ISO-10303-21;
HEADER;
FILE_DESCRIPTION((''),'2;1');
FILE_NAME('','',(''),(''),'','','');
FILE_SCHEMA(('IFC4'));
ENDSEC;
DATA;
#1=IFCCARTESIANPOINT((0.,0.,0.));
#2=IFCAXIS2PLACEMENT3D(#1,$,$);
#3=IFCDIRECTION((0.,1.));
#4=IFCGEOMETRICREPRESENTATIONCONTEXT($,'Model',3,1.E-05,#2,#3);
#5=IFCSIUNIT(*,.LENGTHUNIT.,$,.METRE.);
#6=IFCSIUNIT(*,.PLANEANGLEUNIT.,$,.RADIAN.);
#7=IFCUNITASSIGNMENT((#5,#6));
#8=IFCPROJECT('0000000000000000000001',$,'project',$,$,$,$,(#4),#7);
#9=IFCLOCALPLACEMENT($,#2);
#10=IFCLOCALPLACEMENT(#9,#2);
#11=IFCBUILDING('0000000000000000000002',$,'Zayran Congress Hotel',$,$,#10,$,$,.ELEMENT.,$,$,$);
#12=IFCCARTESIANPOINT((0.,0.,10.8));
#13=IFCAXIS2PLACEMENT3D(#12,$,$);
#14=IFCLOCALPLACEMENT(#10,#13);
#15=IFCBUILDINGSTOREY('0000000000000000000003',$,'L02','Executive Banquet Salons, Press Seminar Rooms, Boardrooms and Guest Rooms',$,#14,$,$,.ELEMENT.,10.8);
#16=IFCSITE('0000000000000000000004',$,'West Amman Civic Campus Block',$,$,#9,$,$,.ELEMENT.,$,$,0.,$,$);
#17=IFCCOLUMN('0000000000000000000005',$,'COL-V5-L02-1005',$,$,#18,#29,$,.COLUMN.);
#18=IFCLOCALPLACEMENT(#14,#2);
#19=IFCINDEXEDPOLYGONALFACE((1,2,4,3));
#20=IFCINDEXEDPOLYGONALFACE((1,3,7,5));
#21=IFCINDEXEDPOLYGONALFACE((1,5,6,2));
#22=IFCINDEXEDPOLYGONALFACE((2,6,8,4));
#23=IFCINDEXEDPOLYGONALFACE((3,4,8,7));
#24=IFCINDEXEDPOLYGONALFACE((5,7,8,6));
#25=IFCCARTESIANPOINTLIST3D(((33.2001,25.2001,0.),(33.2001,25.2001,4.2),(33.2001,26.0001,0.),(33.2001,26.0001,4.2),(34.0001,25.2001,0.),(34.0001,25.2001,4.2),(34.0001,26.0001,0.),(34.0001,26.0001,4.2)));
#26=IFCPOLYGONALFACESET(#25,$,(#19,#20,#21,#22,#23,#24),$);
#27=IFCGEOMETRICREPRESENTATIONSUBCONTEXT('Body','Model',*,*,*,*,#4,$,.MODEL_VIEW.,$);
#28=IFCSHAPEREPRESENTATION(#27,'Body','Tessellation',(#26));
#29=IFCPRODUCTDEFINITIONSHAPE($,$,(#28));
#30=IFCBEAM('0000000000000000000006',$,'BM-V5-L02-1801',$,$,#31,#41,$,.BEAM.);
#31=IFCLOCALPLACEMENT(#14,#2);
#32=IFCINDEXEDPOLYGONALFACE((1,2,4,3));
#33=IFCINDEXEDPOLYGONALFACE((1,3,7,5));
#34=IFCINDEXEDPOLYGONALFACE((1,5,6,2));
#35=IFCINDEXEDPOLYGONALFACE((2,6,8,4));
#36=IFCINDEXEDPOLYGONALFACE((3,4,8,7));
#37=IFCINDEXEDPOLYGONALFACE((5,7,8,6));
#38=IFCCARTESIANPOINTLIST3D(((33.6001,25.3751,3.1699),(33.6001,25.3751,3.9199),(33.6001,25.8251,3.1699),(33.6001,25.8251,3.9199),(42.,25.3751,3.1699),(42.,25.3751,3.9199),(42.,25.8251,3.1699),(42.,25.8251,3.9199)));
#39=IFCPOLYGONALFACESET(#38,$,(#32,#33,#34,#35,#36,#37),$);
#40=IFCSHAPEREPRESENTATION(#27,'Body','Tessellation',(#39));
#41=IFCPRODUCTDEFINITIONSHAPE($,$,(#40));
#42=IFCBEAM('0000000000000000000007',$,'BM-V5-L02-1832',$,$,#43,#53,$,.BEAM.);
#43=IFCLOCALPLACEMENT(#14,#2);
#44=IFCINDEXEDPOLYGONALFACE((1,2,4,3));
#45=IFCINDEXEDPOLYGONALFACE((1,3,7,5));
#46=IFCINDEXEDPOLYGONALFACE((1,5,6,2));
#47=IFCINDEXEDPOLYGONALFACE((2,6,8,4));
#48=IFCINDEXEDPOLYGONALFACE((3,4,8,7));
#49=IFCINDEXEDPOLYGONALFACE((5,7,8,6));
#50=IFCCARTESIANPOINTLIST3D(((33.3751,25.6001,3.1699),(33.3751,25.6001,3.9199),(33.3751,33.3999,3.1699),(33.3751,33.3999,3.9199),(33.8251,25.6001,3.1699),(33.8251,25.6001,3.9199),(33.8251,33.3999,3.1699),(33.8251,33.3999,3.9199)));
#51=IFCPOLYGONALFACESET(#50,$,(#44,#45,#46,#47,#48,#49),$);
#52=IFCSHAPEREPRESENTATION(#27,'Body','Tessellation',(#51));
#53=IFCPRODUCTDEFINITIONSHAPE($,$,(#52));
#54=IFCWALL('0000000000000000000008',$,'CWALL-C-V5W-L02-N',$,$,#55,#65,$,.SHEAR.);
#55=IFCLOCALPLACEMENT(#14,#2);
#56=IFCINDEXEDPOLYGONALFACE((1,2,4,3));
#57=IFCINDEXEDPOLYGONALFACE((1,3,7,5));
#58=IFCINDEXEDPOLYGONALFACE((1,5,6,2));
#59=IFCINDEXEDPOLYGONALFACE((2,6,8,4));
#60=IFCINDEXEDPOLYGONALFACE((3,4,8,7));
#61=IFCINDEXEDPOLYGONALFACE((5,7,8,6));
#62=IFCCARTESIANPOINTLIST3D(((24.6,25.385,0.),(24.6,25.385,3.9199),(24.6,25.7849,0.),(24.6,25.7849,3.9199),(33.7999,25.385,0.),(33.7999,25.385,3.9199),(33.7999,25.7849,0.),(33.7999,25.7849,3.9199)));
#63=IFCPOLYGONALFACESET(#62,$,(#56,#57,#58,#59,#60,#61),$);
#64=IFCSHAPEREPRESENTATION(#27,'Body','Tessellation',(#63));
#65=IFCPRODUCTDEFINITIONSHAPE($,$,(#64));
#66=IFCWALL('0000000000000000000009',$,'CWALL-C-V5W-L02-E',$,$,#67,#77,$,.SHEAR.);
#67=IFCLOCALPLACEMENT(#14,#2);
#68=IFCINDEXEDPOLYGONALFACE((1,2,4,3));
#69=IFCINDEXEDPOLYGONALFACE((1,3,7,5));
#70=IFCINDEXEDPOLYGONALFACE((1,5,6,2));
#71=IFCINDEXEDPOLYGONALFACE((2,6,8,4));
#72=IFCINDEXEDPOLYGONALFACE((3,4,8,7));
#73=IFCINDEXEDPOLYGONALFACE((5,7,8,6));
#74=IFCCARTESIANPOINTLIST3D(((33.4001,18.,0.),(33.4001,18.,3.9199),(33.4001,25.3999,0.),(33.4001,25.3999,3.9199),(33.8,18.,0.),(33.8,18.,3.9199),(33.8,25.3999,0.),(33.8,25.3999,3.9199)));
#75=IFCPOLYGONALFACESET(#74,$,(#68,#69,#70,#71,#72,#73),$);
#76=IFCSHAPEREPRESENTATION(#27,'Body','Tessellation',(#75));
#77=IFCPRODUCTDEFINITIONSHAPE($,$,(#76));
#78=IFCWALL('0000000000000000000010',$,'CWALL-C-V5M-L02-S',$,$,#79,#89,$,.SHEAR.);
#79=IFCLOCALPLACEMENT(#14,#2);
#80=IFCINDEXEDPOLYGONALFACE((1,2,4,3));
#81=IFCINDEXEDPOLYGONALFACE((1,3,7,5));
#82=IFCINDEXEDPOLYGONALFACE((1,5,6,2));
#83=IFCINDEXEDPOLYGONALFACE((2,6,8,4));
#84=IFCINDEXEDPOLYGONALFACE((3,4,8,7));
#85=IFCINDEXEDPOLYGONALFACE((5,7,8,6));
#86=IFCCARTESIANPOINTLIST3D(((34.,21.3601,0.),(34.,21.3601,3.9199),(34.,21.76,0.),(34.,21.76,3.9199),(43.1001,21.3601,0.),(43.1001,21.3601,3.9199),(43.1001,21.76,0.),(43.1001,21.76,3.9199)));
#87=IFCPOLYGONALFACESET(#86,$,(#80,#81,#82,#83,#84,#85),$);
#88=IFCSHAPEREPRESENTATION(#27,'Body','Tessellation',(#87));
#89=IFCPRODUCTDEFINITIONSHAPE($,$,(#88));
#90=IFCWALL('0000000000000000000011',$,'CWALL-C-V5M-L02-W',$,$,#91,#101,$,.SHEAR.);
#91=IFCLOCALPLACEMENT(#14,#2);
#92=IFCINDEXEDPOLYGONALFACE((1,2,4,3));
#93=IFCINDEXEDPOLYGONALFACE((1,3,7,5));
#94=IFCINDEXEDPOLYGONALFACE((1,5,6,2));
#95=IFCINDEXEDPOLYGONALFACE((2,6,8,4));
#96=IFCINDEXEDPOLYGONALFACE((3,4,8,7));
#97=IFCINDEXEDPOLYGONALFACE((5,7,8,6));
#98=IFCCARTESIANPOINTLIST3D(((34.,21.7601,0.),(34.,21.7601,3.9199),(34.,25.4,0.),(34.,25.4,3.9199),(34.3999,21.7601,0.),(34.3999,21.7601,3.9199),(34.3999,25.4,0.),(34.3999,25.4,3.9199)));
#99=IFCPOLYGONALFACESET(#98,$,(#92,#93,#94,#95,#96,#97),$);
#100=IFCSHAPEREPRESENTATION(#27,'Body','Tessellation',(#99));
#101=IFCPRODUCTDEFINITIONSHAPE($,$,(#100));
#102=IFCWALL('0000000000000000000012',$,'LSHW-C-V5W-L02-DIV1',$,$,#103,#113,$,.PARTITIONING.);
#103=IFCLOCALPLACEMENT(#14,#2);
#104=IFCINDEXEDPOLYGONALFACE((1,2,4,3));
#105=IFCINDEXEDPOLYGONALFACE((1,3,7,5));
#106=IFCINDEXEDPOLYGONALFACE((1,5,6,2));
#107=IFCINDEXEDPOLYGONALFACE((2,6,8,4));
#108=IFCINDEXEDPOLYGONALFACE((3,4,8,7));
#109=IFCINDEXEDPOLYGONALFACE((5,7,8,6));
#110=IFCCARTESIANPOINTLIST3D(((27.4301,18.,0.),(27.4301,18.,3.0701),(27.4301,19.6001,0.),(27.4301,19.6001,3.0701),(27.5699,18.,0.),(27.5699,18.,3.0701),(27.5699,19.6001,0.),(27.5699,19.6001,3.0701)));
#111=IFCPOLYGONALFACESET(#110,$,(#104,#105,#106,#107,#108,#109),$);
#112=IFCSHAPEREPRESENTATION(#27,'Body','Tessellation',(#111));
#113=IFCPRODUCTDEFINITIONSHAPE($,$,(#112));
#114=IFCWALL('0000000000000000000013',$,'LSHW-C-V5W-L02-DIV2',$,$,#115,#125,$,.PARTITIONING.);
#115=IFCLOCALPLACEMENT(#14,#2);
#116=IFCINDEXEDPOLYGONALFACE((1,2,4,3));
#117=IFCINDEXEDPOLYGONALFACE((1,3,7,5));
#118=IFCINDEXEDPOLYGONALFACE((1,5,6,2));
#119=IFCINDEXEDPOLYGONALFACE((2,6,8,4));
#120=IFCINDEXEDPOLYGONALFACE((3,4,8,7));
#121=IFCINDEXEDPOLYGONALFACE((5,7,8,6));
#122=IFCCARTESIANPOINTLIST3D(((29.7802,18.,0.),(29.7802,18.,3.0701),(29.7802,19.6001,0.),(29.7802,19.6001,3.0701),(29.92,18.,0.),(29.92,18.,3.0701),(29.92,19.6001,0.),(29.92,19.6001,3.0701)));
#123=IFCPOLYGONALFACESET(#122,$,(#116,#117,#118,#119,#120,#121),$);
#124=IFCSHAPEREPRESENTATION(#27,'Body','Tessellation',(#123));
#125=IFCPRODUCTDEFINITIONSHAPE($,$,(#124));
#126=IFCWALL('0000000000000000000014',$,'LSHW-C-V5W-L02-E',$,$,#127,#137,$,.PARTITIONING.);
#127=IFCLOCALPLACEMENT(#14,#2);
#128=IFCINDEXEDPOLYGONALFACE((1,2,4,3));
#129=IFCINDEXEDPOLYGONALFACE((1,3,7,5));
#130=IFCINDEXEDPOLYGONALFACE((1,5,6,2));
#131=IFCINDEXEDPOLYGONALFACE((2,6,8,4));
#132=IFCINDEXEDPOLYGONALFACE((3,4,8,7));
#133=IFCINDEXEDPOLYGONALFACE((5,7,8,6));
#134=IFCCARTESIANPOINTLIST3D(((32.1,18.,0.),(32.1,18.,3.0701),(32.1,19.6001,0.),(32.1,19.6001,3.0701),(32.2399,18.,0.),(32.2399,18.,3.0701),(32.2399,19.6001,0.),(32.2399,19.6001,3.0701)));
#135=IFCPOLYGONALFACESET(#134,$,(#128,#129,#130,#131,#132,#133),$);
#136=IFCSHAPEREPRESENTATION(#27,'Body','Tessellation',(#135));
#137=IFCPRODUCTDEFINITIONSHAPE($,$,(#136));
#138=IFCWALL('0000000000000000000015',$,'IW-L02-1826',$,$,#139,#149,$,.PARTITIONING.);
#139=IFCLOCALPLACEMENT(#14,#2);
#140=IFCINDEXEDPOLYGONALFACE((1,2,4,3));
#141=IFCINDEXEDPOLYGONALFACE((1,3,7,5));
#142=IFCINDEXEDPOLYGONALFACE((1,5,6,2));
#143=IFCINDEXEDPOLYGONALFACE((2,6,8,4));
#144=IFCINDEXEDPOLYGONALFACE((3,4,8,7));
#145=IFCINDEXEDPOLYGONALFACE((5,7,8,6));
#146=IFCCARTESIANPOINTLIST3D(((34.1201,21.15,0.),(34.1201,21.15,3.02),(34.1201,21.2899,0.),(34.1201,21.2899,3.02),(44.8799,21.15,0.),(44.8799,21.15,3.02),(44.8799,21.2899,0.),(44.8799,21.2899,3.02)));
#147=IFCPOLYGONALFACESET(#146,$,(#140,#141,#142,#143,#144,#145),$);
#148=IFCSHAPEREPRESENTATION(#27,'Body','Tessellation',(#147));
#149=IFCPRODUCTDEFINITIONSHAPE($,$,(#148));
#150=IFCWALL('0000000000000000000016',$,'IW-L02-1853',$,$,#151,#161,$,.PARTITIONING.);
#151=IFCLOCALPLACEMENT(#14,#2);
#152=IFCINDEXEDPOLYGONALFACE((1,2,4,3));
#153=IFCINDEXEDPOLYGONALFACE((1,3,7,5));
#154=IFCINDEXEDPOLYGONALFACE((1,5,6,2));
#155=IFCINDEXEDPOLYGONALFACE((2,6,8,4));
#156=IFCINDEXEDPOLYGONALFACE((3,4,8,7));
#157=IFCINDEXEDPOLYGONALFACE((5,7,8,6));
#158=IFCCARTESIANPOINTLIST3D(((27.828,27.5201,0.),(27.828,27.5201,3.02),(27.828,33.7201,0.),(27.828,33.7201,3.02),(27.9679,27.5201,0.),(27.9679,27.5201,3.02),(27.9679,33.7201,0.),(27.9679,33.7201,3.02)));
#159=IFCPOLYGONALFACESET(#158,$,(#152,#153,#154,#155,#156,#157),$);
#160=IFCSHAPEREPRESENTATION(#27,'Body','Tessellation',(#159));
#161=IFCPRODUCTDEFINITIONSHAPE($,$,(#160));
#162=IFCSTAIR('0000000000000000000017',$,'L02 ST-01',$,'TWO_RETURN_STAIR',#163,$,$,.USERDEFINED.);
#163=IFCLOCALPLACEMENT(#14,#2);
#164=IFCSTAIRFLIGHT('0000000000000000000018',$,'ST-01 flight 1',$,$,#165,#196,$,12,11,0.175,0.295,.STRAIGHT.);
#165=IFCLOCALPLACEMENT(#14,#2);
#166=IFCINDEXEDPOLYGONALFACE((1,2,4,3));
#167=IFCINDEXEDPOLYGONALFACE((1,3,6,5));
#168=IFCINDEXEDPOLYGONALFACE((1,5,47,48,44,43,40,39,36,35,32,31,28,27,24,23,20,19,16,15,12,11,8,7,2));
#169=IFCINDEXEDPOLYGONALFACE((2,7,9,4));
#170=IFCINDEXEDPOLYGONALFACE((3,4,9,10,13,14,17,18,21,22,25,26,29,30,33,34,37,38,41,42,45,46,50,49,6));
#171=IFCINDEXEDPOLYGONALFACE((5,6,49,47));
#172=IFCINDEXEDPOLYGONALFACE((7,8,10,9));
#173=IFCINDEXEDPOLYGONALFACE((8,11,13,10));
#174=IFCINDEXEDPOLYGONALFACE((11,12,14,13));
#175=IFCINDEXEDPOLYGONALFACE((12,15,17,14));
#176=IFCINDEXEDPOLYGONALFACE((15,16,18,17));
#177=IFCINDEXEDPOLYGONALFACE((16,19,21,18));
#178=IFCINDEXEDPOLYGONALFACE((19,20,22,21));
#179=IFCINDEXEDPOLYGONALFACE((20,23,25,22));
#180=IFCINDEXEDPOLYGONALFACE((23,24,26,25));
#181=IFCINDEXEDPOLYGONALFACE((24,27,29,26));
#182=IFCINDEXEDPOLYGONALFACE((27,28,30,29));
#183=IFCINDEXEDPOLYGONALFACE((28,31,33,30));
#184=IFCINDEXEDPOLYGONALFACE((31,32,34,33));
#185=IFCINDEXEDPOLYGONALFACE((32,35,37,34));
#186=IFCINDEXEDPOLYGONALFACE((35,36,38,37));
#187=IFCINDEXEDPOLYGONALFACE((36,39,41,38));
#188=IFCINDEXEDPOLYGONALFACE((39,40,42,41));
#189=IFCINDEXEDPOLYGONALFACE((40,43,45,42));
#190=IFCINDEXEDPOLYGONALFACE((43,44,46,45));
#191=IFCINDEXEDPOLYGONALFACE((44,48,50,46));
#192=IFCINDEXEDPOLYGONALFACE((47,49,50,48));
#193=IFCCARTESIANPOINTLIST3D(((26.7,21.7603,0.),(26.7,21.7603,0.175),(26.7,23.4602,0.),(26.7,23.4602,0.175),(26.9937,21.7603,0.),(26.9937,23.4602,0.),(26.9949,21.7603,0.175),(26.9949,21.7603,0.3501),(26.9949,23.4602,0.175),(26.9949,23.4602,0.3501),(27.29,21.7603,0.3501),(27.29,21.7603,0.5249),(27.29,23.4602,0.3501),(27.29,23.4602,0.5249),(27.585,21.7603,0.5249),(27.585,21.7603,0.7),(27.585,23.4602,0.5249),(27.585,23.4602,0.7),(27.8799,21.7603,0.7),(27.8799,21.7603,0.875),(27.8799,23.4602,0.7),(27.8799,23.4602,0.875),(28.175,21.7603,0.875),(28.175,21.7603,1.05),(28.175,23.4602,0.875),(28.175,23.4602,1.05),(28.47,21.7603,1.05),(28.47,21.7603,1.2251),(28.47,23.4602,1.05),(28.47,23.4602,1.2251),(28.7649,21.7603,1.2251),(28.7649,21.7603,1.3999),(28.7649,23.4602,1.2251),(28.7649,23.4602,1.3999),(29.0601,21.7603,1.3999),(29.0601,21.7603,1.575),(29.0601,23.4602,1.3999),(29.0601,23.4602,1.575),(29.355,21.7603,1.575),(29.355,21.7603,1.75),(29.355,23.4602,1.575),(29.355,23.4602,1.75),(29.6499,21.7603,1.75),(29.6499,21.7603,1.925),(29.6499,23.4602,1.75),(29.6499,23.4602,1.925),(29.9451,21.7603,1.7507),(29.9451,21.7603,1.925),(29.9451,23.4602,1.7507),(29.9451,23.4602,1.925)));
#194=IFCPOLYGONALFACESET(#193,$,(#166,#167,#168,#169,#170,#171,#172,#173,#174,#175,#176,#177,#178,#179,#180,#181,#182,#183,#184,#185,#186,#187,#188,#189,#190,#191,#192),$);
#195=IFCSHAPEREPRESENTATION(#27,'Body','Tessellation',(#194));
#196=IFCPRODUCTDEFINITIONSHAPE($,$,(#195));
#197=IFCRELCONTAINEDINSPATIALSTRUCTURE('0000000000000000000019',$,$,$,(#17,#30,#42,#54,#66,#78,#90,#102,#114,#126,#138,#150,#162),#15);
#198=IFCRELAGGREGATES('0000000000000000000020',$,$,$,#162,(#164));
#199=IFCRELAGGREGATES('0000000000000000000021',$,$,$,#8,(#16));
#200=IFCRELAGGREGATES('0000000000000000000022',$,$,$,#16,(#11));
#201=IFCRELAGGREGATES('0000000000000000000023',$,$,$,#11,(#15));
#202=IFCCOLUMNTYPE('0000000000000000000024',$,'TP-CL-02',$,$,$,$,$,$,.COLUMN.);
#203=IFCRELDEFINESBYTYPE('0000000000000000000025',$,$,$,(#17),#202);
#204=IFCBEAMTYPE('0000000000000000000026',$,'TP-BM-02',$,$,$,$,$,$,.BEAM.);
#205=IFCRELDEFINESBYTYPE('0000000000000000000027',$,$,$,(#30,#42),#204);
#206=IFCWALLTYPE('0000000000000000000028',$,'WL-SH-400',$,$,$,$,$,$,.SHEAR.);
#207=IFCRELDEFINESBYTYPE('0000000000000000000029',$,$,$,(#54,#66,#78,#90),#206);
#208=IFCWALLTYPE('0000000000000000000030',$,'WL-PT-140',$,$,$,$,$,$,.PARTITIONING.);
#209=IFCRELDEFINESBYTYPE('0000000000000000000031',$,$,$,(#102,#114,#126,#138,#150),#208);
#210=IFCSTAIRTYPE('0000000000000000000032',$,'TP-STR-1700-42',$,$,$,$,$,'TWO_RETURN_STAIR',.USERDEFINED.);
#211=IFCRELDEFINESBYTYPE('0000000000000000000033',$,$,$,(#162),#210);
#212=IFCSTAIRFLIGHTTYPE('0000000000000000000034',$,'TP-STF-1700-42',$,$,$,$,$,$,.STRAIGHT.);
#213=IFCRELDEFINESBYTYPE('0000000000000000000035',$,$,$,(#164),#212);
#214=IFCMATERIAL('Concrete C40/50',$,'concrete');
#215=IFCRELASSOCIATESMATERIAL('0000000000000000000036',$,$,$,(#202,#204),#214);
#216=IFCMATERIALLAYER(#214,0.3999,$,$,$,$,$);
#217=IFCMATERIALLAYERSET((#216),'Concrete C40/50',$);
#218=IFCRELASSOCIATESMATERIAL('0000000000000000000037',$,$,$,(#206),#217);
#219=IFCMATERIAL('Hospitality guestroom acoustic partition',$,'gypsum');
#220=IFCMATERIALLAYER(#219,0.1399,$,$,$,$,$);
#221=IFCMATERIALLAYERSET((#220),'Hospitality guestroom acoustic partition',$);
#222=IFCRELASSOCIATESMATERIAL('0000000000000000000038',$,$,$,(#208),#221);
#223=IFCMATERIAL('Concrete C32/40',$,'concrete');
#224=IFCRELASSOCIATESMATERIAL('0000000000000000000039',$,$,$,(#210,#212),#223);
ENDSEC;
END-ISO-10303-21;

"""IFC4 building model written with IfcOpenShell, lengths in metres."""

from ifc_helpers import new_model, si_unit, direction, frame, frame_2d, origin, origin_2d, place, context, subcontext, project, spatial, polyline, rectangle, outline, extrude, material, layer, layer_set, material_profile, profile_set, type_object, element, aggregate, save


model = new_model("IFC4")

# Units and contexts
model_context = context("Model", 3, precision=1e-05, world=origin(), true_north=direction((0.0, 1.0)))
body_context = subcontext(model_context, "Body", "Model", "MODEL_VIEW")
ifc_project = project(units=[si_unit("LENGTHUNIT", "METRE"), si_unit("PLANEANGLEUNIT", "RADIAN")], contexts=[model_context])

# Site, building, storey
site_placement = place(None, origin())
site = spatial("IfcSite", under=ifc_project, at=site_placement, Name="West Amman Civic Campus Block", CompositionType="ELEMENT", RefElevation=0.0)
building_placement = place(site_placement, origin())
building = spatial("IfcBuilding", under=site, at=building_placement, Name="Zayran Congress Hotel", CompositionType="ELEMENT")
storey_placement = place(building_placement, frame((0.0, 0.0, 10.8)))
storey = spatial("IfcBuildingStorey", under=building, at=storey_placement, Name="L02", Description="Executive Banquet Salons, Press Seminar Rooms, Boardrooms and Guest Rooms", CompositionType="ELEMENT", Elevation=10.8)

# Column
ifc_material_1 = material(Name="Concrete C40/50", Category="concrete")
ifc_material_profile_1 = material_profile(ifc_material_1, rectangle(XDim=0.8, YDim=0.8, at=origin_2d()), Name="RC 800x800")
ifc_profile_set_1 = profile_set([ifc_material_profile_1], Name="Concrete C40/50")
column_type = type_object("IfcColumnType", Name="TP-CL-02", PredefinedType="COLUMN", material=ifc_profile_set_1)
column_placement = place(storey_placement, frame((33.6001, 25.6001, 0.0), z_axis=(0.0, 0.0, 1.0), x_axis=(1.0, 0.0, 0.0)))
element("IfcColumn", 1, at=column_placement, inside=storey, type_object=column_type, Name="COL-V5-L02-1005", PredefinedType="COLUMN", context=body_context, shape_type="SweptSolid", body=[
    extrude(rectangle(XDim=0.8, YDim=0.8, at=origin_2d()), origin(), (0.0, 0.0, 1.0), 4.2),
])

# Beams
ifc_material_profile_2 = material_profile(ifc_material_1, rectangle(XDim=0.45, YDim=0.75, at=origin_2d()), Name="RC 450x750")
ifc_profile_set_2 = profile_set([ifc_material_profile_2], Name="Concrete C40/50")
beam_type = type_object("IfcBeamType", Name="TP-BM-02", PredefinedType="BEAM", material=ifc_profile_set_2)
beam_1_placement = place(storey_placement, frame((33.6001, 25.6001, 3.5449), z_axis=(1.0, 0.0, 0.0), x_axis=(0.0, 1.0, 0.0)))
element("IfcBeam", 2, at=beam_1_placement, inside=storey, type_object=beam_type, Name="BM-V5-L02-1801", PredefinedType="BEAM", context=body_context, shape_type="SweptSolid", body=[
    extrude(rectangle(XDim=0.45, YDim=0.75, at=origin_2d()), origin(), (0.0, 0.0, 1.0), 8.3999),
])
beam_2_placement = place(storey_placement, frame((33.6001, 25.6001, 3.5449), z_axis=(0.0, 1.0, 0.0), x_axis=(-1.0, 0.0, 0.0)))
element("IfcBeam", 3, at=beam_2_placement, inside=storey, type_object=beam_type, Name="BM-V5-L02-1832", PredefinedType="BEAM", context=body_context, shape_type="SweptSolid", body=[
    extrude(rectangle(XDim=0.45, YDim=0.75, at=origin_2d()), origin(), (0.0, 0.0, 1.0), 7.7998),
])

# Walls
ifc_layer_1 = layer(ifc_material_1, 0.3999)
ifc_layer_set_1 = layer_set([ifc_layer_1], Name="Concrete C40/50")
wall_type_1 = type_object("IfcWallType", Name="WL-SH-400", PredefinedType="SHEAR", material=ifc_layer_set_1)
wall_1_placement = place(storey_placement, frame((33.8, 25.585, 0.0), z_axis=(0.0, 0.0, 1.0), x_axis=(-1.0, 0.0, 0.0)))
element("IfcWall", 4, at=wall_1_placement, inside=storey, type_object=wall_type_1, Name="CWALL-C-V5W-L02-N", PredefinedType="SHEAR", context=body_context, shape_type="SweptSolid", body=[
    extrude(rectangle(XDim=9.2, YDim=0.3999, at=frame_2d((4.6001, 0.0))), origin(), (0.0, 0.0, 1.0), 3.9199),
])
wall_2_placement = place(storey_placement, frame((33.6001, 18.0, 0.0), z_axis=(0.0, 0.0, 1.0), x_axis=(0.0, 1.0, 0.0)))
element("IfcWall", 5, at=wall_2_placement, inside=storey, type_object=wall_type_1, Name="CWALL-C-V5W-L02-E", PredefinedType="SHEAR", context=body_context, shape_type="SweptSolid", body=[
    extrude(rectangle(XDim=7.3999, YDim=0.3999, at=frame_2d((3.7, 0.0))), origin(), (0.0, 0.0, 1.0), 3.9199),
])
wall_3_placement = place(storey_placement, frame((34.0, 21.5601, 0.0), z_axis=(0.0, 0.0, 1.0), x_axis=(1.0, 0.0, 0.0)))
element("IfcWall", 6, at=wall_3_placement, inside=storey, type_object=wall_type_1, Name="CWALL-C-V5M-L02-S", PredefinedType="SHEAR", context=body_context, shape_type="SweptSolid", body=[
    extrude(rectangle(XDim=9.1001, YDim=0.3999, at=frame_2d((4.55, 0.0))), origin(), (0.0, 0.0, 1.0), 3.9199),
])
wall_4_placement = place(storey_placement, frame((34.2, 25.3999, 0.0), z_axis=(0.0, 0.0, 1.0), x_axis=(0.0, -1.0, 0.0)))
element("IfcWall", 7, at=wall_4_placement, inside=storey, type_object=wall_type_1, Name="CWALL-C-V5M-L02-W", PredefinedType="SHEAR", context=body_context, shape_type="SweptSolid", body=[
    extrude(rectangle(XDim=3.6399, YDim=0.3999, at=frame_2d((1.8198, 0.0))), origin(), (0.0, 0.0, 1.0), 3.9199),
])
ifc_material_2 = material(Name="Hospitality guestroom acoustic partition", Category="gypsum")
ifc_layer_2 = layer(ifc_material_2, 0.1399)
ifc_layer_set_2 = layer_set([ifc_layer_2], Name="Hospitality guestroom acoustic partition")
wall_type_2 = type_object("IfcWallType", Name="WL-PT-140", PredefinedType="PARTITIONING", material=ifc_layer_set_2)
for number, where, z_axis, x_axis, name in (
    (8, (27.5, 18.0, 0.0), (0.0, 0.0, 1.0), (0.0, 1.0, 0.0), "LSHW-C-V5W-L02-DIV1"),
    (9, (29.8501, 18.0, 0.0), (0.0, 0.0, 1.0), (0.0, 1.0, 0.0), "LSHW-C-V5W-L02-DIV2"),
    (10, (32.1699, 18.0, 0.0), (0.0, 0.0, 1.0), (0.0, 1.0, 0.0), "LSHW-C-V5W-L02-E"),
):
    element("IfcWall", number, at=place(storey_placement, frame(where, z_axis=z_axis, x_axis=x_axis)), inside=storey, type_object=wall_type_2, Name=name, PredefinedType="PARTITIONING", context=body_context, shape_type="SweptSolid", body=[
        extrude(rectangle(XDim=1.6001, YDim=0.1399, at=frame_2d((0.8, 0.0))), origin(), (0.0, 0.0, 1.0), 3.0701),
    ])
wall_5_placement = place(storey_placement, frame((34.1201, 21.22, 0.0), z_axis=(0.0, 0.0, 1.0), x_axis=(1.0, 0.0, 0.0)))
element("IfcWall", 11, at=wall_5_placement, inside=storey, type_object=wall_type_2, Name="IW-L02-1826", PredefinedType="PARTITIONING", context=body_context, shape_type="SweptSolid", body=[
    extrude(rectangle(XDim=10.7598, YDim=0.1399, at=frame_2d((5.3799, 0.0))), origin(), (0.0, 0.0, 1.0), 3.02),
])
wall_6_placement = place(storey_placement, frame((27.8979, 27.52, 0.0), z_axis=(0.0, 0.0, 1.0), x_axis=(0.0, 1.0, 0.0)))
element("IfcWall", 12, at=wall_6_placement, inside=storey, type_object=wall_type_2, Name="IW-L02-1853", PredefinedType="PARTITIONING", context=body_context, shape_type="SweptSolid", body=[
    extrude(rectangle(XDim=6.2, YDim=0.1399, at=frame_2d((3.1001, 0.0))), origin(), (0.0, 0.0, 1.0), 3.02),
])

# Stair, stair flight
ifc_material_3 = material(Name="Concrete C32/40", Category="concrete")
stair_type = type_object("IfcStairType", Name="TP-STR-1700-42", ElementType="TWO_RETURN_STAIR", PredefinedType="USERDEFINED", material=ifc_material_3)
stair_1_placement = place(storey_placement, origin())
stair_1 = element("IfcStair", 13, at=stair_1_placement, inside=storey, type_object=stair_type, Name="L02 ST-01", ObjectType="TWO_RETURN_STAIR", PredefinedType="USERDEFINED")
stair_flight_type = type_object("IfcStairFlightType", Name="TP-STF-1700-42", PredefinedType="STRAIGHT", material=ifc_material_3)
stair_flight_1_placement = place(storey_placement, frame((26.7, 22.6101, 0.0), z_axis=(0.0, 0.0, 1.0), x_axis=(1.0, 0.0, 0.0)))
stair_flight_1 = element("IfcStairFlight", 14, at=stair_flight_1_placement, type_object=stair_flight_type, Name="ST-01 flight 1", NumberOfRisers=12, NumberOfTreads=11, PredefinedType="STRAIGHT", RiserHeight=0.175, TreadLength=0.295, context=body_context, shape_type="SweptSolid", body=[
    extrude(outline(polyline([(0.0, 0.0), (0.0, 0.175), (0.2949, 0.175), (0.2949, 0.3501), (0.5901, 0.3501), (0.5901, 0.5249), (0.885, 0.5249), (0.885, 0.7), (1.1799, 0.7), (1.1799, 0.875), (1.4751, 0.875), (1.4751, 1.05), (1.77, 1.05), (1.77, 1.2251), (2.0649, 1.2251), (2.0649, 1.3999), (2.3601, 1.3999), (2.3601, 1.575), (2.655, 1.575), (2.655, 1.75), (2.95, 1.75), (2.95, 1.925), (3.2451, 1.925), (3.2451, 2.1001), (3.2451, 1.7507), (0.2937, 0.0), (0.0, 0.0)])), frame((0.0, 0.8501, 0.0), z_axis=(0.0, -1.0, 0.0), x_axis=(1.0, 0.0, 0.0)), (0.0, 0.0, 1.0), 1.7),
])
aggregate(stair_1, [stair_flight_1])

save(model, "model.ifc")
